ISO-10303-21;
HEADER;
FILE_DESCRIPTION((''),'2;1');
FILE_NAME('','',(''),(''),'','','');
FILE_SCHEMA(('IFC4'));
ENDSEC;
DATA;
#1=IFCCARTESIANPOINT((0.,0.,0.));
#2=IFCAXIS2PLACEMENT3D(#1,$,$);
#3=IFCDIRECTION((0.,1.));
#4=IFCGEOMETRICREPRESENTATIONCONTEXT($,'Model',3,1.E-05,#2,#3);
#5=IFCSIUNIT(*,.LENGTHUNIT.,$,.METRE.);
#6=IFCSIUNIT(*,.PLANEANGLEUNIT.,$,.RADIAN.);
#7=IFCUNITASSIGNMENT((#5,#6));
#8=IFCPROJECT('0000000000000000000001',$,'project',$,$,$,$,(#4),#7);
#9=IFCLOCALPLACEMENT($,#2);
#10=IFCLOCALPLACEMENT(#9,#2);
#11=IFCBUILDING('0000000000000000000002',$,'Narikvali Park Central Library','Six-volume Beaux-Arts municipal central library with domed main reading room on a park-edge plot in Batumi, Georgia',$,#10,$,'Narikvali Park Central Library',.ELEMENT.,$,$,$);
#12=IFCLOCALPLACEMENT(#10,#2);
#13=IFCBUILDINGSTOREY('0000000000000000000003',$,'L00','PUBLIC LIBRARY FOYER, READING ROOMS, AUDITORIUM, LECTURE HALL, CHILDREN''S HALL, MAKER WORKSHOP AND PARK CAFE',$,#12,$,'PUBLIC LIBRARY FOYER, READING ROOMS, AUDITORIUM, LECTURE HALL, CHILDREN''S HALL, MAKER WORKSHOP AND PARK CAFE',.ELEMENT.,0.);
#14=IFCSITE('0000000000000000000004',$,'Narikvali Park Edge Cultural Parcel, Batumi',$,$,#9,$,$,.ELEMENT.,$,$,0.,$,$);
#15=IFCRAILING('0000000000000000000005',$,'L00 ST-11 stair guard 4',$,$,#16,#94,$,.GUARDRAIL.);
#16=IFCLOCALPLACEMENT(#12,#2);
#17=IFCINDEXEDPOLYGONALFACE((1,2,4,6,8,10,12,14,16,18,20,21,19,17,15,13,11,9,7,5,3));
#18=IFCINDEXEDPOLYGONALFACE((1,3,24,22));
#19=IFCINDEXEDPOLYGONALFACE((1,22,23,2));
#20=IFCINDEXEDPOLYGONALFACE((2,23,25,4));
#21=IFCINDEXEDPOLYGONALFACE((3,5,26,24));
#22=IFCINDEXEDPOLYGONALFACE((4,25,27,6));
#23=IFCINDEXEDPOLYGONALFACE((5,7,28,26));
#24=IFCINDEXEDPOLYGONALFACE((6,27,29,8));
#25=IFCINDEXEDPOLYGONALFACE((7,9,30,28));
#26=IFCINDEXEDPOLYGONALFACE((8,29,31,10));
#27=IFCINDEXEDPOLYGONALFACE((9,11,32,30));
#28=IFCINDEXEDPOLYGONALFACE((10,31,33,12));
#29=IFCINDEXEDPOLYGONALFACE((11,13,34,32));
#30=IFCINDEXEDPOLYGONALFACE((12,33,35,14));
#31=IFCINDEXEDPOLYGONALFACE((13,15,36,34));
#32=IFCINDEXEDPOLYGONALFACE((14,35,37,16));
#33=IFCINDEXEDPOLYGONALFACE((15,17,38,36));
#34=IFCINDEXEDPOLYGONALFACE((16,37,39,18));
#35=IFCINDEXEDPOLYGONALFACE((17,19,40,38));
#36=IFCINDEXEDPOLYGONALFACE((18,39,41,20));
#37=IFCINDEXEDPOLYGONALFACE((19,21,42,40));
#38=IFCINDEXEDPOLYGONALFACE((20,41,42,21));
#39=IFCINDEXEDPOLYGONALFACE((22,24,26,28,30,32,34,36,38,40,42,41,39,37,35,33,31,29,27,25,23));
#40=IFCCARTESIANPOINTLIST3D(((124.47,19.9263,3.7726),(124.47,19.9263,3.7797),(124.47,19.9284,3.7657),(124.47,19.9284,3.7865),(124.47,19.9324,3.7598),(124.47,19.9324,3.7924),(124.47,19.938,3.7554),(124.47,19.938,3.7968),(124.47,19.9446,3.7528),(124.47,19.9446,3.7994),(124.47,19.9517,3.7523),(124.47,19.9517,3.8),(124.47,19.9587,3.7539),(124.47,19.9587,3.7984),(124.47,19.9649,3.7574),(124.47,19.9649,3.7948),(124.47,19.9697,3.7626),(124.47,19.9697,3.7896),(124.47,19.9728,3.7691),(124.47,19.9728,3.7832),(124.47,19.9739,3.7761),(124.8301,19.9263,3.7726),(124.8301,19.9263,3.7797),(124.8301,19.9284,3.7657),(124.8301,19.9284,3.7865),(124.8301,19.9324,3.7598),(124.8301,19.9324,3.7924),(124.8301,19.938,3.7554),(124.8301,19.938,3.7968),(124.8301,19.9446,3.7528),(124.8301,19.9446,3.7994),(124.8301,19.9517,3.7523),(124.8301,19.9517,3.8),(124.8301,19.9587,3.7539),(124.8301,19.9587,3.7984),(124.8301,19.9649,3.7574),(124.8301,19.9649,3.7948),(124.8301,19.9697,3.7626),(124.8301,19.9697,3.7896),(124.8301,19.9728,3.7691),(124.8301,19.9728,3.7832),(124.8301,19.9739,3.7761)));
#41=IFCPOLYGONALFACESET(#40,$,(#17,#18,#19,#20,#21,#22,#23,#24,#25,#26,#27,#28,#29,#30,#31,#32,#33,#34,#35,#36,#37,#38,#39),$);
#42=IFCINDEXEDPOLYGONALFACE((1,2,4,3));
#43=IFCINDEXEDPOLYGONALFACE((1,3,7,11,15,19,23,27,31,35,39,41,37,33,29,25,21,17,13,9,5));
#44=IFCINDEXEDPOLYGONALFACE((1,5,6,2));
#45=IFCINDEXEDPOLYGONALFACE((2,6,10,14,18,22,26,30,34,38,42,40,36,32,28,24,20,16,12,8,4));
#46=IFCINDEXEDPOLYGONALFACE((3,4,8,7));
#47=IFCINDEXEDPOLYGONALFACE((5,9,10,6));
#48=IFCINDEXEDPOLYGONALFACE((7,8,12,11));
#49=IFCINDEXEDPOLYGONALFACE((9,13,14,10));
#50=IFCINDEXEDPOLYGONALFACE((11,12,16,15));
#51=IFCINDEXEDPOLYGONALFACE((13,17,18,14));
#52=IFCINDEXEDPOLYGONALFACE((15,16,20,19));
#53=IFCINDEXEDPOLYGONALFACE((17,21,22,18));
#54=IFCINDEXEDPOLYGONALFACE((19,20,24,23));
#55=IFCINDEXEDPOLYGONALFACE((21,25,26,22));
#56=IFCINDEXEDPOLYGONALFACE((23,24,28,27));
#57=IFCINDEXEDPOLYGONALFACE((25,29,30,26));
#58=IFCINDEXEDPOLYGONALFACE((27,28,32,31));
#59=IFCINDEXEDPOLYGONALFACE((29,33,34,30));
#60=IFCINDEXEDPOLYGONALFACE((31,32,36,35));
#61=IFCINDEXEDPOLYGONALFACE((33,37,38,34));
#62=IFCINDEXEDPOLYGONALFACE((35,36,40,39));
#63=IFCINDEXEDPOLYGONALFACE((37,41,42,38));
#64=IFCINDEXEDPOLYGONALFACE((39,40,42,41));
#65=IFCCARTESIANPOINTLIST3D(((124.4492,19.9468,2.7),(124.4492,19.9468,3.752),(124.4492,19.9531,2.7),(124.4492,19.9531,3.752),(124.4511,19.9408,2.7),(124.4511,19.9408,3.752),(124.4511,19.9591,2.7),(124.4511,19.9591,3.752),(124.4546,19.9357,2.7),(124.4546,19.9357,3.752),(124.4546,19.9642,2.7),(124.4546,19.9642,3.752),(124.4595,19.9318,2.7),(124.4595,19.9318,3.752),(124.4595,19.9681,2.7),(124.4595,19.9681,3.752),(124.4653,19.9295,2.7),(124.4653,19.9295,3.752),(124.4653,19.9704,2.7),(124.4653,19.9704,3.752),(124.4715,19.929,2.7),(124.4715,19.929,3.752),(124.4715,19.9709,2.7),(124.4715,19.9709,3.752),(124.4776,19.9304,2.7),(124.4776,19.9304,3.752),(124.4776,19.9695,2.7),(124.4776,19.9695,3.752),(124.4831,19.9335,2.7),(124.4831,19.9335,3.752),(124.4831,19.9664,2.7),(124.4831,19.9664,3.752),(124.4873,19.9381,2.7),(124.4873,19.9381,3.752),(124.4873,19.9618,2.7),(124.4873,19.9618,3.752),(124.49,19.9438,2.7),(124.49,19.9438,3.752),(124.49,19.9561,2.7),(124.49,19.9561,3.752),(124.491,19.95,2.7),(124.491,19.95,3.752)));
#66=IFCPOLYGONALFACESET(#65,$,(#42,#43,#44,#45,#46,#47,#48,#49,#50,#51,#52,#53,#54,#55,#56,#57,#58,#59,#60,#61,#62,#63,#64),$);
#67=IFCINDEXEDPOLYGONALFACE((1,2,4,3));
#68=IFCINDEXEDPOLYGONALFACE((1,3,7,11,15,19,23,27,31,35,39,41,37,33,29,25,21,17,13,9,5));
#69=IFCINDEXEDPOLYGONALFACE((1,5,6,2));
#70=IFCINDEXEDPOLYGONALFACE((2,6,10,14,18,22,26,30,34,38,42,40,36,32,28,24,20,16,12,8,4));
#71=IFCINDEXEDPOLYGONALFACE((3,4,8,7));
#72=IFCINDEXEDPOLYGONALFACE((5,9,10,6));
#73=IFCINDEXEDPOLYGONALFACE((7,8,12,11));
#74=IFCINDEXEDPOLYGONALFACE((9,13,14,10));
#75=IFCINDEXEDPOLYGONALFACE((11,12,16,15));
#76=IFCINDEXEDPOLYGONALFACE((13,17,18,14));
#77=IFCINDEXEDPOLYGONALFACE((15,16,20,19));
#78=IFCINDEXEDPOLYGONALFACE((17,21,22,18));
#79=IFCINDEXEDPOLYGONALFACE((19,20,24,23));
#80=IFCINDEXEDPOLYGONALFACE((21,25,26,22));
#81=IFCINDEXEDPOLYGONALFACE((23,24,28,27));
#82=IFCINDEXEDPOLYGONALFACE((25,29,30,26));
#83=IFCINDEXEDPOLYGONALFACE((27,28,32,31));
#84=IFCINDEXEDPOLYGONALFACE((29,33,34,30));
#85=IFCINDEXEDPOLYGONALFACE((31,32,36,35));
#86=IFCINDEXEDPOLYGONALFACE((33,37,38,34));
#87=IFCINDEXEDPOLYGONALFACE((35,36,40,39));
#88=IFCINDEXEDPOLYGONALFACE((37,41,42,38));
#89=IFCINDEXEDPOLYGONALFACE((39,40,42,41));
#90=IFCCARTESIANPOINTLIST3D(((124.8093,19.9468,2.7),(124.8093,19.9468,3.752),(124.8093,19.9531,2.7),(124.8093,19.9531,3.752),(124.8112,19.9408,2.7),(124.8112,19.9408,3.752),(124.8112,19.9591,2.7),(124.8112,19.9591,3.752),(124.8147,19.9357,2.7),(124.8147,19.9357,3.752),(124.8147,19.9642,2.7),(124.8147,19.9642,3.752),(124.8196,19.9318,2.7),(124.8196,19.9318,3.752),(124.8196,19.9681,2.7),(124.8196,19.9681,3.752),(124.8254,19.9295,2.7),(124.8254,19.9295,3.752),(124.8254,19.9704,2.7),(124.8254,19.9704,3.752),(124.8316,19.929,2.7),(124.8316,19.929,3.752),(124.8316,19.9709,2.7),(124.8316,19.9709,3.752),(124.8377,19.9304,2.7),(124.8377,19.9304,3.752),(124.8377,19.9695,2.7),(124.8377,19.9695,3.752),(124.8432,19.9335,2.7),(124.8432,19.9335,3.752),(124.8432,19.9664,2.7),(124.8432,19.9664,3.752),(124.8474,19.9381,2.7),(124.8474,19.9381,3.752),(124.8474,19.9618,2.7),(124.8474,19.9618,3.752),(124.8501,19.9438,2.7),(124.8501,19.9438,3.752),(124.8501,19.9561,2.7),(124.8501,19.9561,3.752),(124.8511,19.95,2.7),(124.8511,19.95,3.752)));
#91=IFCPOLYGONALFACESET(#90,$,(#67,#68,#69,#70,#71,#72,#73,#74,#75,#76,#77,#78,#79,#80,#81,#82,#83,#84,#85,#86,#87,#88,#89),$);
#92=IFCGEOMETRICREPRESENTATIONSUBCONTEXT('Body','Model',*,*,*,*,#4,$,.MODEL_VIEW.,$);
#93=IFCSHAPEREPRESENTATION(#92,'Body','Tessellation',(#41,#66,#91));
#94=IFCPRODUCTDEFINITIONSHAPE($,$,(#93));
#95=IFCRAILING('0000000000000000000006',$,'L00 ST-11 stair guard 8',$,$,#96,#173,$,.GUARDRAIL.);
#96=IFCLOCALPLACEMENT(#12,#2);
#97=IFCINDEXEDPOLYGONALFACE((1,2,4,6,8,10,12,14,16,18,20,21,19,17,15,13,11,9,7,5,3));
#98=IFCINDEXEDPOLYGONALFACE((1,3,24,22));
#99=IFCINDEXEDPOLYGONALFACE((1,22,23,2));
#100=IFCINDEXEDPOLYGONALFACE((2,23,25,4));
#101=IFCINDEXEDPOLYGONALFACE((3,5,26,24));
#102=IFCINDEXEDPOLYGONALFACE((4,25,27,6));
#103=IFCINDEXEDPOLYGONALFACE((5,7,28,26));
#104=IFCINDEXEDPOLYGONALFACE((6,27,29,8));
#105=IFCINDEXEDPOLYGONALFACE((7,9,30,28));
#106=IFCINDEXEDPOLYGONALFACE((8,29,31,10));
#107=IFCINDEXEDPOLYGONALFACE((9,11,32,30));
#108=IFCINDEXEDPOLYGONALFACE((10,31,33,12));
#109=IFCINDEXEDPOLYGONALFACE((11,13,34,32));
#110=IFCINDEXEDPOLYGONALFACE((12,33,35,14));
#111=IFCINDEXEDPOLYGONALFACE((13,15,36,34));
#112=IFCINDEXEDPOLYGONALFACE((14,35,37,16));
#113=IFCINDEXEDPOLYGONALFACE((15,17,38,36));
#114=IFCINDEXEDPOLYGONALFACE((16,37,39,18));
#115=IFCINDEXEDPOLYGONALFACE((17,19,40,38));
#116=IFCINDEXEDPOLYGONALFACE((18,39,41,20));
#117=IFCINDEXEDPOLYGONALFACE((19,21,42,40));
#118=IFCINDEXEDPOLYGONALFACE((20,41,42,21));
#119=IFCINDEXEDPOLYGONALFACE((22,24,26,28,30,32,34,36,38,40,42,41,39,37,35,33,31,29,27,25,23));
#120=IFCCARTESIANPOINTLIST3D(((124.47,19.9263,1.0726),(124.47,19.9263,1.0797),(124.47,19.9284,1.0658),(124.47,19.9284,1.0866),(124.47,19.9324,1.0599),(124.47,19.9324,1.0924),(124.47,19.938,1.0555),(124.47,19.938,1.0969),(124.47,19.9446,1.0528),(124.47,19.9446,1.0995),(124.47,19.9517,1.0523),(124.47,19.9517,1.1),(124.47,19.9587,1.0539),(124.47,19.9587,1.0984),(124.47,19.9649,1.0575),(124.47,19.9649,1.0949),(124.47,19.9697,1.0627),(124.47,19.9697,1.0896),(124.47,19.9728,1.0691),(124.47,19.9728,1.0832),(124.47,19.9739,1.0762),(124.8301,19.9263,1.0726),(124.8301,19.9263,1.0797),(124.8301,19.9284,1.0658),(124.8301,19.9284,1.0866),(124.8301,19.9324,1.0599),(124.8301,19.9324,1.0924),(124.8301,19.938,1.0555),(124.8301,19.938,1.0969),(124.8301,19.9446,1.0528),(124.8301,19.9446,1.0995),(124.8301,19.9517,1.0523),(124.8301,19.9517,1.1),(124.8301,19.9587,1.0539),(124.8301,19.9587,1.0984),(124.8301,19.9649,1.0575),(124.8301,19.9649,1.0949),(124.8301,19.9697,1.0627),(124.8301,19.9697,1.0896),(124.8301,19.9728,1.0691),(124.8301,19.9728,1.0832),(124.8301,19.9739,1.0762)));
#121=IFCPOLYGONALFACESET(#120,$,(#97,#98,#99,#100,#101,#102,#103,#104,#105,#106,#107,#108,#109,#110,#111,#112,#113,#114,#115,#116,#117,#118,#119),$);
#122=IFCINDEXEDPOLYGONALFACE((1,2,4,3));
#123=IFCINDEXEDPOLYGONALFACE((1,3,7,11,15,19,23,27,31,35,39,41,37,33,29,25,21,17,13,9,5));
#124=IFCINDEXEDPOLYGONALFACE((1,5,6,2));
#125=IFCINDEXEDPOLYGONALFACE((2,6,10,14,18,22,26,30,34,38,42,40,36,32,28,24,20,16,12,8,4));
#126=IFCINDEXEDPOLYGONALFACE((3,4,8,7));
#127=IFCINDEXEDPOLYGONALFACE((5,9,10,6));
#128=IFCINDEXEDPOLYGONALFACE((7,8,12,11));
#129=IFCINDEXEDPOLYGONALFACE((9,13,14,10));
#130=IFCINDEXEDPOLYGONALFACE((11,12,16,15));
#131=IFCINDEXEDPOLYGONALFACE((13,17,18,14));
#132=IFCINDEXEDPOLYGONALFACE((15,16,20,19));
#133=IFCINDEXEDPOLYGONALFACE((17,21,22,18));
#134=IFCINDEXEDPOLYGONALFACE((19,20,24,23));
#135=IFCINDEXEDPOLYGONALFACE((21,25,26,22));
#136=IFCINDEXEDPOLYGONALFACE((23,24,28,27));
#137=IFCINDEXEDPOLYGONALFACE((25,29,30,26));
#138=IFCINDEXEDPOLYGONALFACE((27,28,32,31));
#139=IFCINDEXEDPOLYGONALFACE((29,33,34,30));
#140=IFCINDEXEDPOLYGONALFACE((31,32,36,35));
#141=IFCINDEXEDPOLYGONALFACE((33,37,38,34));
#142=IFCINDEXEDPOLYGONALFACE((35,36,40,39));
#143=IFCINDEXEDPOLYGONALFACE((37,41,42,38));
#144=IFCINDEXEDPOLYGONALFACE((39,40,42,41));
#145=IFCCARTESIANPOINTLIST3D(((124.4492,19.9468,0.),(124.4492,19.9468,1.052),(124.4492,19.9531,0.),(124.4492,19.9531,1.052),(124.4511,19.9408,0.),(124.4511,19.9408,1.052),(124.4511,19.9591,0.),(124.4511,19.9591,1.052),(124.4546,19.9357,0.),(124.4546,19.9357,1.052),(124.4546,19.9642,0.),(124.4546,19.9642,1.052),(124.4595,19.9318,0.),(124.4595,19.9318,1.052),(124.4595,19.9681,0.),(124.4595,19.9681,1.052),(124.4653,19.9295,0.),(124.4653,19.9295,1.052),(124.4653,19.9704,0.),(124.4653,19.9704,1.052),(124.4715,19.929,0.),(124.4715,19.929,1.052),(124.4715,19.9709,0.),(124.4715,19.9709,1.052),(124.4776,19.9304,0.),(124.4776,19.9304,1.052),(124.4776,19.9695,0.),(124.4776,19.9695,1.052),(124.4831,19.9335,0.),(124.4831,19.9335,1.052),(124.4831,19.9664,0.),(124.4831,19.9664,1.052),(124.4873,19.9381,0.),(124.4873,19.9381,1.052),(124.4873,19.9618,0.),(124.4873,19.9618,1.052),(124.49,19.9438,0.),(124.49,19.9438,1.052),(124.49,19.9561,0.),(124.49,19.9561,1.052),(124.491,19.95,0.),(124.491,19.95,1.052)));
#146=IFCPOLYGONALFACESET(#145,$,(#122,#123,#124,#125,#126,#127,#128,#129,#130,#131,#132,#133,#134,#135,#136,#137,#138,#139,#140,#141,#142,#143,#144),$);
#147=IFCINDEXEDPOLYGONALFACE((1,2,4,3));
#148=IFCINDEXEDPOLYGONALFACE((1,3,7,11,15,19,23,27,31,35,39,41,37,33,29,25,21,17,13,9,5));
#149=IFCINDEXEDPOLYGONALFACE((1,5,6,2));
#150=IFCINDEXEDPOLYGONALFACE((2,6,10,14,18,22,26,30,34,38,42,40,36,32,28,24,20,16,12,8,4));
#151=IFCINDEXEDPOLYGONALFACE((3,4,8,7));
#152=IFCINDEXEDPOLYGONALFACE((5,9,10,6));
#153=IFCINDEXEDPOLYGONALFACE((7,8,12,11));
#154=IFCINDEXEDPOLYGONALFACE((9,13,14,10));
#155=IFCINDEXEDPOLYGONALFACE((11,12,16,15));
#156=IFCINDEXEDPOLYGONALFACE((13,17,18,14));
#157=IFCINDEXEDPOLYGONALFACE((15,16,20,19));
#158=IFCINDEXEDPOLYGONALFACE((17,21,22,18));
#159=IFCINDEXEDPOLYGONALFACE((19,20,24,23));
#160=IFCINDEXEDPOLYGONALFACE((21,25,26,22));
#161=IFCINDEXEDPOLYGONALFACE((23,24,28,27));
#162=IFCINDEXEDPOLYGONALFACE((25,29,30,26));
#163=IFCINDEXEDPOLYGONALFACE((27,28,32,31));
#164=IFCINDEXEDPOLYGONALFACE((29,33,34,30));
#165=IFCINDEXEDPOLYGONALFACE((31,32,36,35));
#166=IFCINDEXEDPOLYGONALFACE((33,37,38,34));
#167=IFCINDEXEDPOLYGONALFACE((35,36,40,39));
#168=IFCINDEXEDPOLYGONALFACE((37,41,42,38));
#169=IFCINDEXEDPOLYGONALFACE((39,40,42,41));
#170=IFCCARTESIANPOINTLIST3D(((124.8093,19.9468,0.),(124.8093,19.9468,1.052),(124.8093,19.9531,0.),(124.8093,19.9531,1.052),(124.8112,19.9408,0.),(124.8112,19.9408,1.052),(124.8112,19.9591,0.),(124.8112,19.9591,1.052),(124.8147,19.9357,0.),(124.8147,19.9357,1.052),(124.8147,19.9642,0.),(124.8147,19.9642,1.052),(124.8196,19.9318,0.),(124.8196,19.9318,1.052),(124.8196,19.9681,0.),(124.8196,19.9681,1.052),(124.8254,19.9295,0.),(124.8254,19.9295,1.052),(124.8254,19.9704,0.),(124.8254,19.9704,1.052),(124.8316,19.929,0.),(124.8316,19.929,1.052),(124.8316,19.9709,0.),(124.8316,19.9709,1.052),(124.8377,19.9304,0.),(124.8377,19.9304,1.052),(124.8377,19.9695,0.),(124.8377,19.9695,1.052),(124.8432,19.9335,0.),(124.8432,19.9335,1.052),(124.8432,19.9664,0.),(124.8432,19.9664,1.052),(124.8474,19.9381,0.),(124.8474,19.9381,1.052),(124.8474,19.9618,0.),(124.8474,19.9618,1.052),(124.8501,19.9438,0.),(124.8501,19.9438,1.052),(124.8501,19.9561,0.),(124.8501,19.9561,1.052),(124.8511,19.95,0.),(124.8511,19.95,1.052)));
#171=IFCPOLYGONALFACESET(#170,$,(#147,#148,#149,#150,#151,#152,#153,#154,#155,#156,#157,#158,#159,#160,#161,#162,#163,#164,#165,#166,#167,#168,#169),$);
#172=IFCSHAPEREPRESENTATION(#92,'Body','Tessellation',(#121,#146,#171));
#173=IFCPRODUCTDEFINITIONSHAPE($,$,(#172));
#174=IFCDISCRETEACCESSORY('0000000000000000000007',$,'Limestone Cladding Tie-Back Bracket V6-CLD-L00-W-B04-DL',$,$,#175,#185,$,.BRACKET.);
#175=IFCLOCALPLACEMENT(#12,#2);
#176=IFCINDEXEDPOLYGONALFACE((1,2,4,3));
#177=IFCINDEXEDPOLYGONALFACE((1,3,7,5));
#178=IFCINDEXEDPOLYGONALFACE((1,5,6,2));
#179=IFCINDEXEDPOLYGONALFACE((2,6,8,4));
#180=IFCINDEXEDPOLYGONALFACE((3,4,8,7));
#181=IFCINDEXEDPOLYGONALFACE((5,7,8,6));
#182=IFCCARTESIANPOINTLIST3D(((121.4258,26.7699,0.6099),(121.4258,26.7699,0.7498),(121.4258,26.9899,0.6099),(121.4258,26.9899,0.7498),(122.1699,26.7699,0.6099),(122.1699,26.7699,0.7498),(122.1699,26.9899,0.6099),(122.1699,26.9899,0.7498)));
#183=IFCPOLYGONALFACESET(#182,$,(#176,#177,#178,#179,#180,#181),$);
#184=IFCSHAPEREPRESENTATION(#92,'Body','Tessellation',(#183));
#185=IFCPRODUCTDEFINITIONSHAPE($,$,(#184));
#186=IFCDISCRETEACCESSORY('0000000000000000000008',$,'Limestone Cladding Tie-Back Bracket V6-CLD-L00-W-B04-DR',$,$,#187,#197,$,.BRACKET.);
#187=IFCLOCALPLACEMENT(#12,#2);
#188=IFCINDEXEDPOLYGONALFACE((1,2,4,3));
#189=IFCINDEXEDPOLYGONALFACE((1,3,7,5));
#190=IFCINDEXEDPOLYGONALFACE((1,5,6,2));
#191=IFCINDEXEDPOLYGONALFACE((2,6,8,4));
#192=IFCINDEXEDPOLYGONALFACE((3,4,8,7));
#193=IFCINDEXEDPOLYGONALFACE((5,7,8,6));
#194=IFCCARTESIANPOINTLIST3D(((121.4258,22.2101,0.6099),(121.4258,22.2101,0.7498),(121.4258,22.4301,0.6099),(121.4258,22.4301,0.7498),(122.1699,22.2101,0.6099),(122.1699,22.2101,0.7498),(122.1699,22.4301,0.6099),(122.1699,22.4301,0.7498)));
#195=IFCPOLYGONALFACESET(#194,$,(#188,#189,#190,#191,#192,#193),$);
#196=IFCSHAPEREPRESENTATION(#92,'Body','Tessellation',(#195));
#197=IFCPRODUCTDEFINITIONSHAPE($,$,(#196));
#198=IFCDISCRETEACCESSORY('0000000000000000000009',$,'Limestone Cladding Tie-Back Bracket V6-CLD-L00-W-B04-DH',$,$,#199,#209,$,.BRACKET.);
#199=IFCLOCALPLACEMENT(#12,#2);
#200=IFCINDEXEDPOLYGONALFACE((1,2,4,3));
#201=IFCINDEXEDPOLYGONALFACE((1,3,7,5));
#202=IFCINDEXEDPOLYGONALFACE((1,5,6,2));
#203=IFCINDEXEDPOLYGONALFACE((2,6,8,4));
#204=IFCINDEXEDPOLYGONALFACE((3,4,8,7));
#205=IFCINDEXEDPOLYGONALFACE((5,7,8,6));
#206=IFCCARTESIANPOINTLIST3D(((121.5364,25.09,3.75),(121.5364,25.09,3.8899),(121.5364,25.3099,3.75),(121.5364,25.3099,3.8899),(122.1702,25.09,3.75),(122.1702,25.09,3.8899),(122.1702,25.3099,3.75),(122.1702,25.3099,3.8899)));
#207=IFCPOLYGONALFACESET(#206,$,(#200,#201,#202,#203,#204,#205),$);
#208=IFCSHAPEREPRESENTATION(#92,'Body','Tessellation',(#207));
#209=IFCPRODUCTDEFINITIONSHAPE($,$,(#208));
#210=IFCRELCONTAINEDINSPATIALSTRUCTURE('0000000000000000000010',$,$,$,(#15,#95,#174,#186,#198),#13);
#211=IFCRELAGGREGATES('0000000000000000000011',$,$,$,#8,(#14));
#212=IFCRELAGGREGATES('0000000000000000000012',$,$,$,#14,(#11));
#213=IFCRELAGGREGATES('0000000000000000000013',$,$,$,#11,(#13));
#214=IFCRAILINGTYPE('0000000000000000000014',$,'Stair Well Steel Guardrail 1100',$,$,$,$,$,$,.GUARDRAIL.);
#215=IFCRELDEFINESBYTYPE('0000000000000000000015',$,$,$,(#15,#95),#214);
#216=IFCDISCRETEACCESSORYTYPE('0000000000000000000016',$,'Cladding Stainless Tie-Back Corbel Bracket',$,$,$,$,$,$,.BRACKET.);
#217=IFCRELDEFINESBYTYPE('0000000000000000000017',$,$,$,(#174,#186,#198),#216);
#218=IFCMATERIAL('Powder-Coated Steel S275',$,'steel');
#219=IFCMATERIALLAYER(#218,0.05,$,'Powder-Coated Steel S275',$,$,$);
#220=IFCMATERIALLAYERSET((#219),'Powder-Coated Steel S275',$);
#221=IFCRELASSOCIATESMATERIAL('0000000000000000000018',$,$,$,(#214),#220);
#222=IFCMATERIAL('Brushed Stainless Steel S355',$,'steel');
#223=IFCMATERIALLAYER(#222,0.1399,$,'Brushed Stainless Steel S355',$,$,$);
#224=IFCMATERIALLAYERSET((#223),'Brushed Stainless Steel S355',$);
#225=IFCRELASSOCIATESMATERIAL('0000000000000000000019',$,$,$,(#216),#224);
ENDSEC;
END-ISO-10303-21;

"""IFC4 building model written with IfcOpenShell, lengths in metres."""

from ifc_helpers import new_model, si_unit, direction, frame, origin, origin_2d, place, context, subcontext, project, spatial, rectangle, circle, extrude, material, layer, layer_set, type_object, element, save


model = new_model("IFC4")

# Units and contexts
model_context = context("Model", 3, precision=1e-05, world=origin(), true_north=direction((0.0, 1.0)))
body_context = subcontext(model_context, "Body", "Model", "MODEL_VIEW")
ifc_project = project(units=[si_unit("LENGTHUNIT", "METRE"), si_unit("PLANEANGLEUNIT", "RADIAN")], contexts=[model_context])

# Site, building, storey
site_placement = place(None, origin())
site = spatial("IfcSite", under=ifc_project, at=site_placement, Name="Narikvali Park Edge Cultural Parcel, Batumi", CompositionType="ELEMENT", RefElevation=0.0)
building_placement = place(site_placement, origin())
building = spatial("IfcBuilding", under=site, at=building_placement, Name="Narikvali Park Central Library", Description="Six-volume Beaux-Arts municipal central library with domed main reading room on a park-edge plot in Batumi, Georgia", LongName="Narikvali Park Central Library", CompositionType="ELEMENT")
storey_placement = place(building_placement, origin())
storey = spatial("IfcBuildingStorey", under=building, at=storey_placement, Name="L00", Description="PUBLIC LIBRARY FOYER, READING ROOMS, AUDITORIUM, LECTURE HALL, CHILDREN'S HALL, MAKER WORKSHOP AND PARK CAFE", LongName="PUBLIC LIBRARY FOYER, READING ROOMS, AUDITORIUM, LECTURE HALL, CHILDREN'S HALL, MAKER WORKSHOP AND PARK CAFE", CompositionType="ELEMENT", Elevation=0.0)

# Railings
ifc_material_1 = material(Name="Powder-Coated Steel S275", Category="steel")
ifc_layer_1 = layer(ifc_material_1, 0.05, Name="Powder-Coated Steel S275")
ifc_layer_set_1 = layer_set([ifc_layer_1], Name="Powder-Coated Steel S275")
railing_type = type_object("IfcRailingType", Name="Stair Well Steel Guardrail 1100", PredefinedType="GUARDRAIL", material=ifc_layer_set_1)
for number, where, name in (
    (1, (124.47, 19.95, 2.7), "L00 ST-11 stair guard 4"),
    (2, (124.47, 19.95, 0.0), "L00 ST-11 stair guard 8"),
):
    element("IfcRailing", number, at=place(storey_placement, frame(where)), inside=storey, type_object=railing_type, Name=name, PredefinedType="GUARDRAIL", context=body_context, shape_type="SweptSolid", body=[
        extrude(circle(Radius=0.0239, at=origin_2d()), frame((0.0, 0.0, 1.0762), z_axis=(1.0, 0.0, 0.0), x_axis=(0.0, 1.0, 0.0)), (0.0, 0.0, 1.0), 0.3601),
        extrude(circle(Radius=0.021, at=origin_2d()), origin(), (0.0, 0.0, 1.0), 1.052),
        extrude(circle(Radius=0.021, at=origin_2d()), frame((0.3601, 0.0, 0.0)), (0.0, 0.0, 1.0), 1.052),
    ])

# Discrete accessories
ifc_material_2 = material(Name="Brushed Stainless Steel S355", Category="steel")
ifc_layer_2 = layer(ifc_material_2, 0.1399, Name="Brushed Stainless Steel S355")
ifc_layer_set_2 = layer_set([ifc_layer_2], Name="Brushed Stainless Steel S355")
discrete_accessory_type = type_object("IfcDiscreteAccessoryType", Name="Cladding Stainless Tie-Back Corbel Bracket", PredefinedType="BRACKET", material=ifc_layer_set_2)
for number, where, z_axis, x_axis, name in (
    (3, (121.7979, 26.8799, 0.6099), (0.0, 0.0, 1.0), (1.0, 0.0, 0.0), "Limestone Cladding Tie-Back Bracket V6-CLD-L00-W-B04-DL"),
    (4, (121.7979, 22.3201, 0.6099), (0.0, 0.0, 1.0), (1.0, 0.0, 0.0), "Limestone Cladding Tie-Back Bracket V6-CLD-L00-W-B04-DR"),
):
    element("IfcDiscreteAccessory", number, at=place(storey_placement, frame(where, z_axis=z_axis, x_axis=x_axis)), inside=storey, type_object=discrete_accessory_type, Name=name, PredefinedType="BRACKET", context=body_context, shape_type="SweptSolid", body=[
        extrude(rectangle(XDim=0.7441, YDim=0.22, at=origin_2d()), origin(), (0.0, 0.0, 1.0), 0.1399),
    ])
discrete_accessory_placement = place(storey_placement, frame((121.8533, 25.2, 3.75), z_axis=(0.0, 0.0, 1.0), x_axis=(1.0, 0.0, 0.0)))
element("IfcDiscreteAccessory", 5, at=discrete_accessory_placement, inside=storey, type_object=discrete_accessory_type, Name="Limestone Cladding Tie-Back Bracket V6-CLD-L00-W-B04-DH", PredefinedType="BRACKET", context=body_context, shape_type="SweptSolid", body=[
    extrude(rectangle(XDim=0.6338, YDim=0.22, at=origin_2d()), origin(), (0.0, 0.0, 1.0), 0.1399),
])

save(model, "model.ifc")
